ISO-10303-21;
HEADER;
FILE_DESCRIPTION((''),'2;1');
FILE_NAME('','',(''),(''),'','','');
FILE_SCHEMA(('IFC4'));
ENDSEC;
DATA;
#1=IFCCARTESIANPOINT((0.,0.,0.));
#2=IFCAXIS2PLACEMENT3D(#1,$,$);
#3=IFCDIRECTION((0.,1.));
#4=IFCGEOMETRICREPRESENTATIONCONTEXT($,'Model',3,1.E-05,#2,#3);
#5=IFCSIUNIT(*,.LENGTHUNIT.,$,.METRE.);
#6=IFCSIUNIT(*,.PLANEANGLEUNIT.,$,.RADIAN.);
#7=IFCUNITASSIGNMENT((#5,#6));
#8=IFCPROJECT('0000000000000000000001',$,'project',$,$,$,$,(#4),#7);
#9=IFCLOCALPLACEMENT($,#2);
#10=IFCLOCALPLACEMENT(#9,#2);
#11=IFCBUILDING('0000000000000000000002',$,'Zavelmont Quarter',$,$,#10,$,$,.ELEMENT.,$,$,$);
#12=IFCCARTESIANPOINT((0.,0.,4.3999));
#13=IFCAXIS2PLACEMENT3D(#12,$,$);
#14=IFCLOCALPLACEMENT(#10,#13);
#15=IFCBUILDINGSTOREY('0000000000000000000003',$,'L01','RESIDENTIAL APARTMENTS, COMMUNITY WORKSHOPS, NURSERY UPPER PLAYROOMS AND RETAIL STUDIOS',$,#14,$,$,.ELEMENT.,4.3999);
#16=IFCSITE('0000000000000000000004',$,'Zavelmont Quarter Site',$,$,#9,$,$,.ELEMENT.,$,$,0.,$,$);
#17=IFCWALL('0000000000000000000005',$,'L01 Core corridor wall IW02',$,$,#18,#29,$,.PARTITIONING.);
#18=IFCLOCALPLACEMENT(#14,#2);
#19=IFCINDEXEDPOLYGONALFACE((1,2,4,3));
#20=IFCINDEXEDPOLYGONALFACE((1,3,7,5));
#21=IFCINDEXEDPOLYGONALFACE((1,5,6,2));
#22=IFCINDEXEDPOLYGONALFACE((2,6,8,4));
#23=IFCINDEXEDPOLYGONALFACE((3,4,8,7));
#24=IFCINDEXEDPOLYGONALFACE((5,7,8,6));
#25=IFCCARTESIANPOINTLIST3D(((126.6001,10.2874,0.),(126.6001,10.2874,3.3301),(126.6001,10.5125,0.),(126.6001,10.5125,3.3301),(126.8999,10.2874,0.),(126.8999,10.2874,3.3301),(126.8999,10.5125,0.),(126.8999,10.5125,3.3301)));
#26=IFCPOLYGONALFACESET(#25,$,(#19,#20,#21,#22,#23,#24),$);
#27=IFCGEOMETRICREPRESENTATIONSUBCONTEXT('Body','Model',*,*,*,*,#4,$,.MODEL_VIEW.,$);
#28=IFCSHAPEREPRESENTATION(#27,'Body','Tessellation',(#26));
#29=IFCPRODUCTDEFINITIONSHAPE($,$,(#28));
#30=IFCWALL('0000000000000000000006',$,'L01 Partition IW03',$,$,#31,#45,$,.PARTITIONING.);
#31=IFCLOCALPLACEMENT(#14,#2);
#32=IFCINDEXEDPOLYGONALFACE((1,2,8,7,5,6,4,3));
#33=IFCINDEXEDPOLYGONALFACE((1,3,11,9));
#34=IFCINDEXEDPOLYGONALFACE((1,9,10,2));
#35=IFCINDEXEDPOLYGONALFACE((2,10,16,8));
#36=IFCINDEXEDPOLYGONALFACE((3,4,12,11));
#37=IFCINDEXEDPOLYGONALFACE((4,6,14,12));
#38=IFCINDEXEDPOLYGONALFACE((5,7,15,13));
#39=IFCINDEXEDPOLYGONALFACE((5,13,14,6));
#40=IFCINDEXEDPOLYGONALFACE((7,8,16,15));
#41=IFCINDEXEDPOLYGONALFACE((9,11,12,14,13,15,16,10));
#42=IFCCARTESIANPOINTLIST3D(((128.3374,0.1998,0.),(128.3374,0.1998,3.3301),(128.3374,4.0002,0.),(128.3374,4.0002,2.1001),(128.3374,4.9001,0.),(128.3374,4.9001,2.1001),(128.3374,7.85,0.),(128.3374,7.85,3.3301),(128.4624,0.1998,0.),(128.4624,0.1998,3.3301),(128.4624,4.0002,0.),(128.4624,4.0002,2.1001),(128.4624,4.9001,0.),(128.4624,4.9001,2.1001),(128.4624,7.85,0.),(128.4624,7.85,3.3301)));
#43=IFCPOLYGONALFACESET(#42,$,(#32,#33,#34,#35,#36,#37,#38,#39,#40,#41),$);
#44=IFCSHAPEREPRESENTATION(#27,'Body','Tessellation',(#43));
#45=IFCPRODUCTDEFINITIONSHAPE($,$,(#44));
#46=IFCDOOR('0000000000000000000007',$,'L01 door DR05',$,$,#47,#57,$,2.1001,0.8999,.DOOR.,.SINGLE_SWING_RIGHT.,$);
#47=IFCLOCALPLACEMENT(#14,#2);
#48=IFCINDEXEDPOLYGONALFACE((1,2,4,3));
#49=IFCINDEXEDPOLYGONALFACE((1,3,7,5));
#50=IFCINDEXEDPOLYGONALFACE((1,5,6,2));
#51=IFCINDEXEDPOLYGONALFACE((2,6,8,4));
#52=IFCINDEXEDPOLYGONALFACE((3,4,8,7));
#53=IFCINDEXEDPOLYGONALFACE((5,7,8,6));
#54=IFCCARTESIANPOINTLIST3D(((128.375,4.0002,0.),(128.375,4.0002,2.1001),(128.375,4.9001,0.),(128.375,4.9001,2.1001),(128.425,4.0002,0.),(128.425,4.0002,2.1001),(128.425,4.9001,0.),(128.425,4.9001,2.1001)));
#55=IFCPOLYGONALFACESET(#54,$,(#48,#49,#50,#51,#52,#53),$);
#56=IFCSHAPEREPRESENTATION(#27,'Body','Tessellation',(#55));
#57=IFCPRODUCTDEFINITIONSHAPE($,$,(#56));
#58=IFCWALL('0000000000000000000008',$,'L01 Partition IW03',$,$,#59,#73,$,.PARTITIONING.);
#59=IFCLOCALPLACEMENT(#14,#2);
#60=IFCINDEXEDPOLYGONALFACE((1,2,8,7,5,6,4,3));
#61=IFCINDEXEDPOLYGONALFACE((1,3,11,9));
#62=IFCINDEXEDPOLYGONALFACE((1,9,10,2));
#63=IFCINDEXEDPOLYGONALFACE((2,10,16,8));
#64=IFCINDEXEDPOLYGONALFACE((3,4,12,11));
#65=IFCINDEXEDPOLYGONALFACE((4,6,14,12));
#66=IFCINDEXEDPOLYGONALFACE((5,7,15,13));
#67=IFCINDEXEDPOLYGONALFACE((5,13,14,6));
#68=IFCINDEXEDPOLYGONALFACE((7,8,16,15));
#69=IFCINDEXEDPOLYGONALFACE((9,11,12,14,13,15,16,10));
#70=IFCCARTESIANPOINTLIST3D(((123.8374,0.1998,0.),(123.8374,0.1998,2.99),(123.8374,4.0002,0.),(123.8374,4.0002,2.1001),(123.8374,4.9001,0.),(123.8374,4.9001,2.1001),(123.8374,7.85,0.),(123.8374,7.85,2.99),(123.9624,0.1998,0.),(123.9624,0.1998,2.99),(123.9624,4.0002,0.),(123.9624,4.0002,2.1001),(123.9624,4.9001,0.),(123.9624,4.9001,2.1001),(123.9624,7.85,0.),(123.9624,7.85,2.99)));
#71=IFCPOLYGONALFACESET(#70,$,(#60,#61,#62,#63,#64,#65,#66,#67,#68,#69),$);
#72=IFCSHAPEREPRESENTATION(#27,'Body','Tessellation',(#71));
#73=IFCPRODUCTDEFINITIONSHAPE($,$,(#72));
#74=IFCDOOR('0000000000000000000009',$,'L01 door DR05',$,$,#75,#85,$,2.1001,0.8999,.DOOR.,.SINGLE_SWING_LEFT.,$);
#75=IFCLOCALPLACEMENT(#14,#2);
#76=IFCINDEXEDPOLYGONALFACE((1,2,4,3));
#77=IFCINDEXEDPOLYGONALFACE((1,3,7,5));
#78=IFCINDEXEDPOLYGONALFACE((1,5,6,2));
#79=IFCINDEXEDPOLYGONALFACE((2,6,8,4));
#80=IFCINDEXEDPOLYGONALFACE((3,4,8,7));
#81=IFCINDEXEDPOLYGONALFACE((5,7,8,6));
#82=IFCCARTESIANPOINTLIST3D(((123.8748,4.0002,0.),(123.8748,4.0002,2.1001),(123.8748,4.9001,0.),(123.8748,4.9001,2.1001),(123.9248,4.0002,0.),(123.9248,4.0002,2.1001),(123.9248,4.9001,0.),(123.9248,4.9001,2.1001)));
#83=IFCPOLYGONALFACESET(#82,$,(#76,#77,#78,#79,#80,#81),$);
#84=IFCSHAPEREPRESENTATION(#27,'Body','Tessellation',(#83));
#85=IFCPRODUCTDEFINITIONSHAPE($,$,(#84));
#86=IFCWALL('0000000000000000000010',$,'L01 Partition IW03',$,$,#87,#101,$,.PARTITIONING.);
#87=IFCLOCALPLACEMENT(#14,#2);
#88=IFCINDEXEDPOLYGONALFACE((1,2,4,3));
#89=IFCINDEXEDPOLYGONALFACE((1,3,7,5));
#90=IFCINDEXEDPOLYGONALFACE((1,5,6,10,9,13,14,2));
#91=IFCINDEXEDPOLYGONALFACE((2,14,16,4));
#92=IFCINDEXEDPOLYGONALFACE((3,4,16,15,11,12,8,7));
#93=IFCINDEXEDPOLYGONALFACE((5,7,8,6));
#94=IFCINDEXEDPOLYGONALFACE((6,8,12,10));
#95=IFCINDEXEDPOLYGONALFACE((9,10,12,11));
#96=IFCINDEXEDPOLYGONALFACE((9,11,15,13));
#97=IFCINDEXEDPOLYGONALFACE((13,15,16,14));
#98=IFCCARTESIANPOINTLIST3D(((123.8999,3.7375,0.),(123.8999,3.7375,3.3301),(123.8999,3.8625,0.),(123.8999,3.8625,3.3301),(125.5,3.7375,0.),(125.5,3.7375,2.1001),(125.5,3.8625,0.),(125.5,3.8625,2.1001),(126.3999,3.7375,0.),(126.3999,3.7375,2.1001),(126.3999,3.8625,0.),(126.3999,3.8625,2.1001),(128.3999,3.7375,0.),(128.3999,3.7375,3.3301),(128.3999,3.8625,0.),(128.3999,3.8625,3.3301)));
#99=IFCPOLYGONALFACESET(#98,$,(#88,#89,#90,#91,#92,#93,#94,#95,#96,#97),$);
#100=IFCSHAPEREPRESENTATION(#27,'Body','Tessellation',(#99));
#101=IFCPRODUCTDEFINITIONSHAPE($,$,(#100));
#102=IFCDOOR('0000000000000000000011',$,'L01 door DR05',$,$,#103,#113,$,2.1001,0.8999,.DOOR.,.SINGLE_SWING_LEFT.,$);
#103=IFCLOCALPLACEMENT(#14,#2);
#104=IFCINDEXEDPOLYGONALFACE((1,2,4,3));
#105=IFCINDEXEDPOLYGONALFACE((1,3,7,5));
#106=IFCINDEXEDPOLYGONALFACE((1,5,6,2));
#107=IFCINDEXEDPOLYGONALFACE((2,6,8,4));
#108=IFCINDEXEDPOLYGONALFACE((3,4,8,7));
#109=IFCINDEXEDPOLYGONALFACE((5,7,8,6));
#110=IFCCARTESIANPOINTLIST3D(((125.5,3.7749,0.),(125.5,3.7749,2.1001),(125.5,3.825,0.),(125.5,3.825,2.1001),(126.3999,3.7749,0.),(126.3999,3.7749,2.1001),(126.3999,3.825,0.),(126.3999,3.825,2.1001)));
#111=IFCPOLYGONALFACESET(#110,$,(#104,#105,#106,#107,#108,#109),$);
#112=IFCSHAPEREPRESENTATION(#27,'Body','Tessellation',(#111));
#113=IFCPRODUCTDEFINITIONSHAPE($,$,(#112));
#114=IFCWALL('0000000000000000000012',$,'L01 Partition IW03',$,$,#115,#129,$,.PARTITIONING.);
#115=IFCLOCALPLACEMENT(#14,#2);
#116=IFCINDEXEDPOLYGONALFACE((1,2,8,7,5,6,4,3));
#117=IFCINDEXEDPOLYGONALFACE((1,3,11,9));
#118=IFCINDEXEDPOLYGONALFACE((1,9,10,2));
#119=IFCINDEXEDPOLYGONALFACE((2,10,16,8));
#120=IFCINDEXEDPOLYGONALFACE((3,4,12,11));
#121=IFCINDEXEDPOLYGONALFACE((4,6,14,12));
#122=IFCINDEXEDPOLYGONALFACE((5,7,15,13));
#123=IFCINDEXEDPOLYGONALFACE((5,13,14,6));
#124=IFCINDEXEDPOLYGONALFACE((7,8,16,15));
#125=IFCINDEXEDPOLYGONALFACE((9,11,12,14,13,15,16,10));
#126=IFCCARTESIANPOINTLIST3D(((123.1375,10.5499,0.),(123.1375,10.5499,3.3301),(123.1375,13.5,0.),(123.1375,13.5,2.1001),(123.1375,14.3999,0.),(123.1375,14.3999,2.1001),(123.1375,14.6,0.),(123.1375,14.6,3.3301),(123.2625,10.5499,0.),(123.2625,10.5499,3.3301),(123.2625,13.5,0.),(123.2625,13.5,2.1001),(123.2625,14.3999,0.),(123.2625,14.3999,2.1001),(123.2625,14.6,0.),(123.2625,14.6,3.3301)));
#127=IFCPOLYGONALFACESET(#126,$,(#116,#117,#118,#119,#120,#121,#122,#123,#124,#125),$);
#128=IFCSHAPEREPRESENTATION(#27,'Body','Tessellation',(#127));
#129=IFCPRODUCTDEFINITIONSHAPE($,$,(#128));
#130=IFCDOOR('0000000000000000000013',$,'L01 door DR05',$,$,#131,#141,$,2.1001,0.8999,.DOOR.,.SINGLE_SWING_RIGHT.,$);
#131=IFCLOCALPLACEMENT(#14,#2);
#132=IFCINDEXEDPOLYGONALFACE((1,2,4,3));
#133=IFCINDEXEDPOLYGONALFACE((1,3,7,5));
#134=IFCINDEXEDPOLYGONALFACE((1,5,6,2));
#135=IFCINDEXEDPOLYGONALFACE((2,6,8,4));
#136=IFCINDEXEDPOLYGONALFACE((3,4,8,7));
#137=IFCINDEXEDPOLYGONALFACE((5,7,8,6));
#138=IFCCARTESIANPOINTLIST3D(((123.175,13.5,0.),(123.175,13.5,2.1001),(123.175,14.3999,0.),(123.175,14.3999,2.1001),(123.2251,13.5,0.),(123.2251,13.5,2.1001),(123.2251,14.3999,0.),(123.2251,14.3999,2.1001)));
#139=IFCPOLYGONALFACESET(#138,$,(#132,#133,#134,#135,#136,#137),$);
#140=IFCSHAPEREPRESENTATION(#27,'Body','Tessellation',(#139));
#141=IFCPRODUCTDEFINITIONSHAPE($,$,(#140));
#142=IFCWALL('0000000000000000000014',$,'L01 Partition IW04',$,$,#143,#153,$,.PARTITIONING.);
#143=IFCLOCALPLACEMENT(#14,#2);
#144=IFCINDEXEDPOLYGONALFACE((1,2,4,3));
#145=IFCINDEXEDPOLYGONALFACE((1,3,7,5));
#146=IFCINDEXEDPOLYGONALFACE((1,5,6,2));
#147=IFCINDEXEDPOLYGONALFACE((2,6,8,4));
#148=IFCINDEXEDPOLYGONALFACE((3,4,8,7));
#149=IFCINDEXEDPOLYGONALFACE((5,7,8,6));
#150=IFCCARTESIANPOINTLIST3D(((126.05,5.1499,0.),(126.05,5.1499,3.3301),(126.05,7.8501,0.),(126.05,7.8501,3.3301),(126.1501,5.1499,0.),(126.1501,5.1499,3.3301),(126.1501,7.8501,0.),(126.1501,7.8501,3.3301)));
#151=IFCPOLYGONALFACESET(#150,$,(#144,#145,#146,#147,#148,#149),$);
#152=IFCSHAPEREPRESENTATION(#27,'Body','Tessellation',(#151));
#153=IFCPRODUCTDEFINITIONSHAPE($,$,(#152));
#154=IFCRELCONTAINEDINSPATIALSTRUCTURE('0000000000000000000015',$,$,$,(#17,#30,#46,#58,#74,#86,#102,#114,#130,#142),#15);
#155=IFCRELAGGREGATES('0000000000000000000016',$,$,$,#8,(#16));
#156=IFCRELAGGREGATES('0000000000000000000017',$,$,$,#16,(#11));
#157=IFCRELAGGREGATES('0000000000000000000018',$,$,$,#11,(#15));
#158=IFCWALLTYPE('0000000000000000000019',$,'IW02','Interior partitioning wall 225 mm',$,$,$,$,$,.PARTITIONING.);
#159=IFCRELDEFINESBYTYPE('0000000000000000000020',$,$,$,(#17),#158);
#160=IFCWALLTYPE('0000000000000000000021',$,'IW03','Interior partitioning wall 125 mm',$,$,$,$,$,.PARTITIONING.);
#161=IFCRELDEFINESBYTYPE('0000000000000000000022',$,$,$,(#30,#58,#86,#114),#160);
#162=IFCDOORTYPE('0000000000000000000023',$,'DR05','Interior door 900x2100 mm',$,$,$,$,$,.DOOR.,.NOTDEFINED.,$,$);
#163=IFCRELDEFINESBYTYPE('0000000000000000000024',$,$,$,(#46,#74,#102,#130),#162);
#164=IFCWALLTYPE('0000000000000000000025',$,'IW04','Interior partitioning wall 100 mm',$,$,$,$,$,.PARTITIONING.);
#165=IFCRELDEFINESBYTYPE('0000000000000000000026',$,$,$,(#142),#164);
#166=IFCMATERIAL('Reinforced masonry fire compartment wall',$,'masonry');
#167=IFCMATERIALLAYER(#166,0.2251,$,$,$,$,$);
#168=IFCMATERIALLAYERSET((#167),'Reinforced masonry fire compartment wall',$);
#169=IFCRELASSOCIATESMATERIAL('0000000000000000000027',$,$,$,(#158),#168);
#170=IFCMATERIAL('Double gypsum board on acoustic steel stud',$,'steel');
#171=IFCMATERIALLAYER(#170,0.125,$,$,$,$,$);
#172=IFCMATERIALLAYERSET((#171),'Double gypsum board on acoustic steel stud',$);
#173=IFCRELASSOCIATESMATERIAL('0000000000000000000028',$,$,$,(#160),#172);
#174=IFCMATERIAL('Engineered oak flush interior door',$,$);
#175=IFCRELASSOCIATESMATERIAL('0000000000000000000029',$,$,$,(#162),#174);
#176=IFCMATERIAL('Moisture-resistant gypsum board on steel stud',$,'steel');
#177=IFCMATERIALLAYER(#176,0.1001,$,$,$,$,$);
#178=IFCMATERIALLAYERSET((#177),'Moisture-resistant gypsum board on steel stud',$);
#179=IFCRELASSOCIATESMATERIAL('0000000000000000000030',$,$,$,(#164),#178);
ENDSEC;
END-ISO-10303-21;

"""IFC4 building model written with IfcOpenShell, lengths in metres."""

from ifc_helpers import new_model, si_unit, direction, frame, frame_2d, origin, origin_with_axes, place, context, subcontext, project, spatial, rectangle, extrude, material, layer, layer_set, type_object, element, fill, save


model = new_model("IFC4")

# Units and contexts
model_context = context("Model", 3, precision=1e-05, world=origin(), true_north=direction((0.0, 1.0)))
body_context = subcontext(model_context, "Body", "Model", "MODEL_VIEW")
ifc_project = project(units=[si_unit("LENGTHUNIT", "METRE"), si_unit("PLANEANGLEUNIT", "RADIAN")], contexts=[model_context])

# Site, building, storey
site_placement = place(None, origin())
site = spatial("IfcSite", under=ifc_project, at=site_placement, Name="Zavelmont Quarter Site", CompositionType="ELEMENT", RefElevation=0.0)
building_placement = place(site_placement, origin())
building = spatial("IfcBuilding", under=site, at=building_placement, Name="Zavelmont Quarter", CompositionType="ELEMENT")
storey_placement = place(building_placement, frame((0.0, 0.0, 4.3999)))
storey = spatial("IfcBuildingStorey", under=building, at=storey_placement, Name="L01", Description="RESIDENTIAL APARTMENTS, COMMUNITY WORKSHOPS, NURSERY UPPER PLAYROOMS AND RETAIL STUDIOS", CompositionType="ELEMENT", Elevation=4.3999)

# Wall
ifc_material_1 = material(Name="Reinforced masonry fire compartment wall", Category="masonry")
ifc_layer_1 = layer(ifc_material_1, 0.2251)
ifc_layer_set_1 = layer_set([ifc_layer_1], Name="Reinforced masonry fire compartment wall")
wall_type_1 = type_object("IfcWallType", Name="IW02", Description="Interior partitioning wall 225 mm", PredefinedType="PARTITIONING", material=ifc_layer_set_1)
wall_1_placement = place(storey_placement, frame((126.6001, 10.3999, 0.0), z_axis=(0.0, 0.0, 1.0), x_axis=(1.0, 0.0, 0.0)))
element("IfcWall", 1, at=wall_1_placement, inside=storey, type_object=wall_type_1, Name="L01 Core corridor wall IW02", PredefinedType="PARTITIONING", context=body_context, shape_type="SweptSolid", body=[
    extrude(rectangle(XDim=0.2998, YDim=0.2251, at=frame_2d((0.1499, 0.0))), origin(), (0.0, 0.0, 1.0), 3.3301),
])

# Walls, openings, doors
ifc_material_2 = material(Name="Double gypsum board on acoustic steel stud", Category="steel")
ifc_layer_2 = layer(ifc_material_2, 0.125)
ifc_layer_set_2 = layer_set([ifc_layer_2], Name="Double gypsum board on acoustic steel stud")
wall_type_2 = type_object("IfcWallType", Name="IW03", Description="Interior partitioning wall 125 mm", PredefinedType="PARTITIONING", material=ifc_layer_set_2)
wall_2_placement = place(storey_placement, frame((128.3999, 7.8501, 0.0), z_axis=(0.0, 0.0, 1.0), x_axis=(0.0, -1.0, 0.0)))
wall_2 = element("IfcWall", 2, at=wall_2_placement, inside=storey, type_object=wall_type_2, Name="L01 Partition IW03", PredefinedType="PARTITIONING", context=body_context, shape_type="SweptSolid", body=[
    extrude(rectangle(XDim=7.6501, YDim=0.125, at=frame_2d((3.8252, 0.0))), origin(), (0.0, 0.0, 1.0), 3.3301),
])
opening_1_placement = place(wall_2_placement, frame((2.95, 0.0, 0.0)))
opening_1 = element("IfcOpeningElement", 3, at=opening_1_placement, cuts=wall_2, PredefinedType="OPENING", context=body_context, shape_type="SweptSolid", body=[
    extrude(rectangle(XDim=0.8999, YDim=2.1001, at=frame_2d((0.45, 1.05))), frame((0.0, 0.0745, 0.0), z_axis=(0.0, -1.0, 0.0), x_axis=(1.0, 0.0, 0.0)), (0.0, 0.0, 1.0), 0.1489),
])
ifc_material_3 = material(Name="Engineered oak flush interior door")
door_type_1 = type_object("IfcDoorType", Name="DR05", Description="Interior door 900x2100 mm", OperationType="NOTDEFINED", PredefinedType="DOOR", material=ifc_material_3)
door_1_placement = place(opening_1_placement, frame((0.8999, 0.0, 0.0), z_axis=(0.0, 0.0, 1.0), x_axis=(-1.0, 0.0, 0.0)))
door_1 = element("IfcDoor", 4, at=door_1_placement, inside=storey, type_object=door_type_1, Name="L01 door DR05", OperationType="SINGLE_SWING_RIGHT", OverallHeight=2.1001, OverallWidth=0.8999, PredefinedType="DOOR", context=body_context, shape_type="SweptSolid", body=[
    extrude(rectangle(XDim=0.8999, YDim=2.1001, at=frame_2d((0.45, 1.05))), frame((0.0, 0.0249, 0.0), z_axis=(0.0, -1.0, 0.0), x_axis=(1.0, 0.0, 0.0)), (0.0, 0.0, 1.0), 0.05),
])
fill(opening_1, door_1)
wall_3_placement = place(storey_placement, frame((123.8999, 7.8501, 0.0), z_axis=(0.0, 0.0, 1.0), x_axis=(0.0, -1.0, 0.0)))
wall_3 = element("IfcWall", 5, at=wall_3_placement, inside=storey, type_object=wall_type_2, Name="L01 Partition IW03", PredefinedType="PARTITIONING", context=body_context, shape_type="SweptSolid", body=[
    extrude(rectangle(XDim=7.6501, YDim=0.125, at=frame_2d((3.8252, 0.0))), origin(), (0.0, 0.0, 1.0), 2.99),
])
opening_2_placement = place(wall_3_placement, frame((2.95, 0.0, 0.0)))
opening_2 = element("IfcOpeningElement", 6, at=opening_2_placement, cuts=wall_3, PredefinedType="OPENING", context=body_context, shape_type="SweptSolid", body=[
    extrude(rectangle(XDim=0.8999, YDim=2.1001, at=frame_2d((0.45, 1.05))), frame((0.0, 0.0745, 0.0), z_axis=(0.0, -1.0, 0.0), x_axis=(1.0, 0.0, 0.0)), (0.0, 0.0, 1.0), 0.1489),
])
door_2_placement = place(opening_2_placement, origin_with_axes())
door_2 = element("IfcDoor", 7, at=door_2_placement, inside=storey, type_object=door_type_1, Name="L01 door DR05", OperationType="SINGLE_SWING_LEFT", OverallHeight=2.1001, OverallWidth=0.8999, PredefinedType="DOOR", context=body_context, shape_type="SweptSolid", body=[
    extrude(rectangle(XDim=0.8999, YDim=2.1001, at=frame_2d((0.45, 1.05))), frame((0.0, 0.0249, 0.0), z_axis=(0.0, -1.0, 0.0), x_axis=(1.0, 0.0, 0.0)), (0.0, 0.0, 1.0), 0.05),
])
fill(opening_2, door_2)
wall_4_placement = place(storey_placement, frame((123.8999, 3.8, 0.0), z_axis=(0.0, 0.0, 1.0), x_axis=(1.0, 0.0, 0.0)))
wall_4 = element("IfcWall", 8, at=wall_4_placement, inside=storey, type_object=wall_type_2, Name="L01 Partition IW03", PredefinedType="PARTITIONING", context=body_context, shape_type="SweptSolid", body=[
    extrude(rectangle(XDim=4.5, YDim=0.125, at=frame_2d((2.25, 0.0))), origin(), (0.0, 0.0, 1.0), 3.3301),
])
opening_3_placement = place(wall_4_placement, frame((1.6001, 0.0, 0.0)))
opening_3 = element("IfcOpeningElement", 9, at=opening_3_placement, cuts=wall_4, PredefinedType="OPENING", context=body_context, shape_type="SweptSolid", body=[
    extrude(rectangle(XDim=0.8999, YDim=2.1001, at=frame_2d((0.45, 1.05))), frame((0.0, 0.0745, 0.0), z_axis=(0.0, -1.0, 0.0), x_axis=(1.0, 0.0, 0.0)), (0.0, 0.0, 1.0), 0.1489),
])
door_3_placement = place(opening_3_placement, origin_with_axes())
door_3 = element("IfcDoor", 10, at=door_3_placement, inside=storey, type_object=door_type_1, Name="L01 door DR05", OperationType="SINGLE_SWING_LEFT", OverallHeight=2.1001, OverallWidth=0.8999, PredefinedType="DOOR", context=body_context, shape_type="SweptSolid", body=[
    extrude(rectangle(XDim=0.8999, YDim=2.1001, at=frame_2d((0.45, 1.05))), frame((0.0, 0.0249, 0.0), z_axis=(0.0, -1.0, 0.0), x_axis=(1.0, 0.0, 0.0)), (0.0, 0.0, 1.0), 0.05),
])
fill(opening_3, door_3)
wall_5_placement = place(storey_placement, frame((123.2, 10.55, 0.0), z_axis=(0.0, 0.0, 1.0), x_axis=(0.0, 1.0, 0.0)))
wall_5 = element("IfcWall", 11, at=wall_5_placement, inside=storey, type_object=wall_type_2, Name="L01 Partition IW03", PredefinedType="PARTITIONING", context=body_context, shape_type="SweptSolid", body=[
    extrude(rectangle(XDim=4.05, YDim=0.125, at=frame_2d((2.0249, 0.0))), origin(), (0.0, 0.0, 1.0), 3.3301),
])
opening_4_placement = place(wall_5_placement, frame((2.95, 0.0, 0.0)))
opening_4 = element("IfcOpeningElement", 12, at=opening_4_placement, cuts=wall_5, PredefinedType="OPENING", context=body_context, shape_type="SweptSolid", body=[
    extrude(rectangle(XDim=0.8999, YDim=2.1001, at=frame_2d((0.45, 1.05))), frame((0.0, 0.0745, 0.0), z_axis=(0.0, -1.0, 0.0), x_axis=(1.0, 0.0, 0.0)), (0.0, 0.0, 1.0), 0.1489),
])
door_4_placement = place(opening_4_placement, origin_with_axes())
door_4 = element("IfcDoor", 13, at=door_4_placement, inside=storey, type_object=door_type_1, Name="L01 door DR05", OperationType="SINGLE_SWING_RIGHT", OverallHeight=2.1001, OverallWidth=0.8999, PredefinedType="DOOR", context=body_context, shape_type="SweptSolid", body=[
    extrude(rectangle(XDim=0.8999, YDim=2.1001, at=frame_2d((0.45, 1.05))), frame((0.0, 0.0249, 0.0), z_axis=(0.0, -1.0, 0.0), x_axis=(1.0, 0.0, 0.0)), (0.0, 0.0, 1.0), 0.05),
])
fill(opening_4, door_4)

# Wall
ifc_material_4 = material(Name="Moisture-resistant gypsum board on steel stud", Category="steel")
ifc_layer_3 = layer(ifc_material_4, 0.1001)
ifc_layer_set_3 = layer_set([ifc_layer_3], Name="Moisture-resistant gypsum board on steel stud")
wall_type_3 = type_object("IfcWallType", Name="IW04", Description="Interior partitioning wall 100 mm", PredefinedType="PARTITIONING", material=ifc_layer_set_3)
wall_6_placement = place(storey_placement, frame((126.1001, 7.8501, 0.0), z_axis=(0.0, 0.0, 1.0), x_axis=(0.0, -1.0, 0.0)))
element("IfcWall", 14, at=wall_6_placement, inside=storey, type_object=wall_type_3, Name="L01 Partition IW04", PredefinedType="PARTITIONING", context=body_context, shape_type="SweptSolid", body=[
    extrude(rectangle(XDim=2.7002, YDim=0.1001, at=frame_2d((1.3501, 0.0))), origin(), (0.0, 0.0, 1.0), 3.3301),
])

save(model, "model.ifc")
